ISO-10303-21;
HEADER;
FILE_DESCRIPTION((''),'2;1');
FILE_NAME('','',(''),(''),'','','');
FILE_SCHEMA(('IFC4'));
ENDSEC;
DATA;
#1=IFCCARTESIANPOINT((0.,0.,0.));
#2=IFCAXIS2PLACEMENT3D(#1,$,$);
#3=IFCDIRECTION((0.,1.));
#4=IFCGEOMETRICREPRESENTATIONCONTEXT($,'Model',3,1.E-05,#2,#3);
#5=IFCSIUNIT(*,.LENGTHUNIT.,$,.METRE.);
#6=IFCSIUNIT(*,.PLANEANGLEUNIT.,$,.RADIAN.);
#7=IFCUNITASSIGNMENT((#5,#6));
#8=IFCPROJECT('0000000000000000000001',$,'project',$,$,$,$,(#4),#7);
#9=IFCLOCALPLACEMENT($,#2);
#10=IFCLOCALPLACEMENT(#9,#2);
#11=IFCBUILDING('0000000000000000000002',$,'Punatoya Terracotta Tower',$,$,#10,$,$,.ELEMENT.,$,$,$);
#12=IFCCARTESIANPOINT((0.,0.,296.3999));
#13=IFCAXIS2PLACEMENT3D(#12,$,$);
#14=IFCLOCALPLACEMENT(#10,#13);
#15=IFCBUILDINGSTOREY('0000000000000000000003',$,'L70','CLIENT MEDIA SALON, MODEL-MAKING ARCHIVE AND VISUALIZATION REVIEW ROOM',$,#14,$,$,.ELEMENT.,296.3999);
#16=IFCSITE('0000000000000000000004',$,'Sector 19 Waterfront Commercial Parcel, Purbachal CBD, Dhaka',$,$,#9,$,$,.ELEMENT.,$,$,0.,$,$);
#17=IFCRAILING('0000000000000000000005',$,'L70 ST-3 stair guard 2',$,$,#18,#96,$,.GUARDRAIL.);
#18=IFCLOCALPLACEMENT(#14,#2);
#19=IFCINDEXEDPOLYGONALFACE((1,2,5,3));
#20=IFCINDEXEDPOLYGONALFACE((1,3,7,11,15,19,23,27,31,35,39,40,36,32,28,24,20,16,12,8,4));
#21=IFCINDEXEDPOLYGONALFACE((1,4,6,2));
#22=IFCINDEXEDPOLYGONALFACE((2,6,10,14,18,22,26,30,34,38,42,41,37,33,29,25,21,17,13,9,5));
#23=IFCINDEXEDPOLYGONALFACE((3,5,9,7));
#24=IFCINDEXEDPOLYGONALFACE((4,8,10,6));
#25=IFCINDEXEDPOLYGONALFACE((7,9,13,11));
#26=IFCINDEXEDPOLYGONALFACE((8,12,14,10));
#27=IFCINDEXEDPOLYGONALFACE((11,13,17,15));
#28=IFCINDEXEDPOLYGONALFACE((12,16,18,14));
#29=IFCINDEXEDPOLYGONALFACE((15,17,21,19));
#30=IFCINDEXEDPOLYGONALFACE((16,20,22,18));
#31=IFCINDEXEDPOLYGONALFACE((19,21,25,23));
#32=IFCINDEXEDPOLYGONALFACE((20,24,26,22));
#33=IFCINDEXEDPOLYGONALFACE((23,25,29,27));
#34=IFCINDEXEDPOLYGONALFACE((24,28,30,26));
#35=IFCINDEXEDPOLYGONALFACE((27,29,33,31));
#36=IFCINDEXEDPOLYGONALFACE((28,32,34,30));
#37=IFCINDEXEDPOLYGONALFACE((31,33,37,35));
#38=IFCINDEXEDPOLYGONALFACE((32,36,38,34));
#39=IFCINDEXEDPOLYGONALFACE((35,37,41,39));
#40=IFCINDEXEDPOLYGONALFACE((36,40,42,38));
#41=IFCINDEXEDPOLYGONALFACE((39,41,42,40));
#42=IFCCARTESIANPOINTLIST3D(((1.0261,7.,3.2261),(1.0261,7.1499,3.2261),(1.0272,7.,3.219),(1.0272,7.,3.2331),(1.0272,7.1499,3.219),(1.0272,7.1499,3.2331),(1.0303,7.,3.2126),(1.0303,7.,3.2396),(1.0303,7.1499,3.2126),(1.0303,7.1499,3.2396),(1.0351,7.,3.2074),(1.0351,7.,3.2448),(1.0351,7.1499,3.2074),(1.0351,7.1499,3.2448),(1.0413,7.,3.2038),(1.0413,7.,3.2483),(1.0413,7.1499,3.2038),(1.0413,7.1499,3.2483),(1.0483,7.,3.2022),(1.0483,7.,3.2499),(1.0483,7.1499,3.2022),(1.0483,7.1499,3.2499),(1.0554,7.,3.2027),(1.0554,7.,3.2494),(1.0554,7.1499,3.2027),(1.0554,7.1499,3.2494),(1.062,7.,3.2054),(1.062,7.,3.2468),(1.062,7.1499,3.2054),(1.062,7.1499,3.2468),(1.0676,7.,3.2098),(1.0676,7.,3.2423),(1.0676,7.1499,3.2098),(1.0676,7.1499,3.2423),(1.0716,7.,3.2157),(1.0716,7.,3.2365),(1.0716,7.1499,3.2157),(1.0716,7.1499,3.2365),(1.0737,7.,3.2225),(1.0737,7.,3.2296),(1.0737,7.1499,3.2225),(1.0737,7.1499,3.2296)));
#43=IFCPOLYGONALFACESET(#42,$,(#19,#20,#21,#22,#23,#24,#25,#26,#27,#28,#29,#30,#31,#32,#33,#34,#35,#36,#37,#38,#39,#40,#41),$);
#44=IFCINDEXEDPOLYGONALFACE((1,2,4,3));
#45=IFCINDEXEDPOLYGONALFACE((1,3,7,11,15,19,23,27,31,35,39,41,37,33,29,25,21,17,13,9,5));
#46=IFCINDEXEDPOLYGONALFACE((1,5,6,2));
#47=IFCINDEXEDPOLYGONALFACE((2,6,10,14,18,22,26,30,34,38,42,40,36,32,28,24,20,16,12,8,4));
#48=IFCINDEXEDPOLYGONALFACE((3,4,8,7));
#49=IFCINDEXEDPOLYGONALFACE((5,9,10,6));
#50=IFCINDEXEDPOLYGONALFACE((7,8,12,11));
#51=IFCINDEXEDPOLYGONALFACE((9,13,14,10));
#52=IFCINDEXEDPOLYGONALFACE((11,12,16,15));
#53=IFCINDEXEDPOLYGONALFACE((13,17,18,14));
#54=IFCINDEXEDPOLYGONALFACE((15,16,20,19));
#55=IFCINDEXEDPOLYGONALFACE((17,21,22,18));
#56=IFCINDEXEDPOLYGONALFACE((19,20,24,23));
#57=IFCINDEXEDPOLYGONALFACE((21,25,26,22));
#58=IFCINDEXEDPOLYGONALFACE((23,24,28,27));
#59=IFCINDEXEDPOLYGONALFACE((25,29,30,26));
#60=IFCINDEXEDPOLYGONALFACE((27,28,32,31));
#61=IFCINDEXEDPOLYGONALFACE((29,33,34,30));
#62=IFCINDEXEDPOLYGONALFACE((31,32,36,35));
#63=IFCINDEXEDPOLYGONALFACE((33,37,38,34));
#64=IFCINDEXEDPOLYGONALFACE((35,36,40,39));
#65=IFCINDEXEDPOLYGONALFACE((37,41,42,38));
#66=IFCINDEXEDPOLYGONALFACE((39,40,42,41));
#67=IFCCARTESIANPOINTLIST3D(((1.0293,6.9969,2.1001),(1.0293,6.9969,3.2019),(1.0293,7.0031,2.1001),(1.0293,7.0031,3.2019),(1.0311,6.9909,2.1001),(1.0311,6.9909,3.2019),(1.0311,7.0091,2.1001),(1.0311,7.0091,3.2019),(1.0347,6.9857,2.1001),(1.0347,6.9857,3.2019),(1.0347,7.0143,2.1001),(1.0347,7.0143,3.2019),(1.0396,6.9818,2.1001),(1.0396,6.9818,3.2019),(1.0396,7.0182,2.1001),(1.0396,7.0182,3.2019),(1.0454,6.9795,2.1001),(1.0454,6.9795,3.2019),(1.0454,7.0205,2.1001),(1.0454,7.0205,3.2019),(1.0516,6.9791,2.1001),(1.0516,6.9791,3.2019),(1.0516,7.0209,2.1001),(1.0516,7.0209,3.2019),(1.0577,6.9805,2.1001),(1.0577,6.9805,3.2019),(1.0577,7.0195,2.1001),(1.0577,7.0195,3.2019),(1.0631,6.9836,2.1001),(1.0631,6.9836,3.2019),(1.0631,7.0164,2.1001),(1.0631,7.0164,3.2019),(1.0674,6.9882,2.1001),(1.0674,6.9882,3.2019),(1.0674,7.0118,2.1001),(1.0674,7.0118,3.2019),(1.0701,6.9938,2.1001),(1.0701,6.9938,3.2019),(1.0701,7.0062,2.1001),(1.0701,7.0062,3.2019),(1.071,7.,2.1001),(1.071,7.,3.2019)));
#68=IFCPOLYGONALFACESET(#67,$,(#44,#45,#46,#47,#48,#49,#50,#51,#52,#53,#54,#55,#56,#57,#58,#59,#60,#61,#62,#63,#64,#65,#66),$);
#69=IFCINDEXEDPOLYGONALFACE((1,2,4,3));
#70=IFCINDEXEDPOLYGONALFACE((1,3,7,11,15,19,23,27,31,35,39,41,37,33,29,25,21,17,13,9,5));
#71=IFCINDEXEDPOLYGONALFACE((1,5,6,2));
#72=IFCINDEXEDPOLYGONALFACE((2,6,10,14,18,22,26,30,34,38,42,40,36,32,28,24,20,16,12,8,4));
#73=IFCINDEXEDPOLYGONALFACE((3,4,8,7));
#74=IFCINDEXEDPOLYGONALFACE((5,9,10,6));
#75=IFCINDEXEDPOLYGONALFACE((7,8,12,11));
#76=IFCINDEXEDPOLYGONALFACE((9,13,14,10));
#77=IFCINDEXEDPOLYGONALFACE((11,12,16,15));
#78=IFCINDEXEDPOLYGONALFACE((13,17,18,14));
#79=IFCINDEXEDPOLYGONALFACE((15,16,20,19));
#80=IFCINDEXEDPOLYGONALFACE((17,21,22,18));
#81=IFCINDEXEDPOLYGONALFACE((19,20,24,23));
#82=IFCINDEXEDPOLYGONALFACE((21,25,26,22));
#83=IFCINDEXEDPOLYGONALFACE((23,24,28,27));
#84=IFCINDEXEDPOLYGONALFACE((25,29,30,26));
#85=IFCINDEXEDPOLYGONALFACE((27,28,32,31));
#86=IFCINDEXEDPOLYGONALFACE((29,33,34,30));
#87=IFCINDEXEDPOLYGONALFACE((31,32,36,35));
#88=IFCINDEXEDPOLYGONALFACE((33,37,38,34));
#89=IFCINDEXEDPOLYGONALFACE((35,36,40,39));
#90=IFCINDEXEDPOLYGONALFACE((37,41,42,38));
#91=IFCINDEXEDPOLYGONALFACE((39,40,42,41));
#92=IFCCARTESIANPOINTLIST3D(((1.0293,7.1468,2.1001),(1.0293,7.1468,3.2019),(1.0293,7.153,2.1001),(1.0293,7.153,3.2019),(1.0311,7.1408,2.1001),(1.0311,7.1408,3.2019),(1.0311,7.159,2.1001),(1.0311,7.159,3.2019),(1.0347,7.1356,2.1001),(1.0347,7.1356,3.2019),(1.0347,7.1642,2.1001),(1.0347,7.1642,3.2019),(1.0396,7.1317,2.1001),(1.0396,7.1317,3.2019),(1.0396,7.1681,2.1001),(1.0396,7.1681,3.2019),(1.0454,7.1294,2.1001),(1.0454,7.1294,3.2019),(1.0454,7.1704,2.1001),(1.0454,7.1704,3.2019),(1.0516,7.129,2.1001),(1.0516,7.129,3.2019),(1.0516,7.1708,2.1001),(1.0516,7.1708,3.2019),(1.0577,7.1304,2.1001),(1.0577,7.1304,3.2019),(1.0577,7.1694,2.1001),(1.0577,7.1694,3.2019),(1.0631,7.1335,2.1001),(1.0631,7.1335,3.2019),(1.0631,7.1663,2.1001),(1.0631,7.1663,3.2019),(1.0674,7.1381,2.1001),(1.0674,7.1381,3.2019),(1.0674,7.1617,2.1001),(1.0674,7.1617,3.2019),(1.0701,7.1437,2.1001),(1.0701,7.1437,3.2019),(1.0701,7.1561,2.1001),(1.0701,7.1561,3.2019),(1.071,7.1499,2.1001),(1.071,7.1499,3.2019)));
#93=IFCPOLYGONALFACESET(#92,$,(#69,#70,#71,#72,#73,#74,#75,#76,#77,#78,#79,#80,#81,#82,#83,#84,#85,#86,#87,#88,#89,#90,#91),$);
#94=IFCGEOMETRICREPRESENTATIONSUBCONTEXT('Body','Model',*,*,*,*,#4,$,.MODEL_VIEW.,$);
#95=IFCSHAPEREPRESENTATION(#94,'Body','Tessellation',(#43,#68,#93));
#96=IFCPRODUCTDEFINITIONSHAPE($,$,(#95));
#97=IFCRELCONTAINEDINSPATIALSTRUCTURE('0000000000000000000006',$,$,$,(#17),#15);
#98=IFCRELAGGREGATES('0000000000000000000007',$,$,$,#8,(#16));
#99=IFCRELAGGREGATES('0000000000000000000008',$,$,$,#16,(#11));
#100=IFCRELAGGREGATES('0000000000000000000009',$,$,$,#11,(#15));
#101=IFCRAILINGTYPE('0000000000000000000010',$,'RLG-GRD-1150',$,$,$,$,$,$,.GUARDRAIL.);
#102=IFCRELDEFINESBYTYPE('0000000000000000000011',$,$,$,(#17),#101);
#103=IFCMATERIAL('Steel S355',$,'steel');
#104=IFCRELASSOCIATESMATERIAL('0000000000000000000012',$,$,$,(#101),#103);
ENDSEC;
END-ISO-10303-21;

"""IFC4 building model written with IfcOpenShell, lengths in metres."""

from ifc_helpers import new_model, si_unit, direction, frame, origin, origin_2d, place, context, subcontext, project, spatial, circle, extrude, material, type_object, element, save


model = new_model("IFC4")

# Units and contexts
model_context = context("Model", 3, precision=1e-05, world=origin(), true_north=direction((0.0, 1.0)))
body_context = subcontext(model_context, "Body", "Model", "MODEL_VIEW")
ifc_project = project(units=[si_unit("LENGTHUNIT", "METRE"), si_unit("PLANEANGLEUNIT", "RADIAN")], contexts=[model_context])

# Site, building, storey
site_placement = place(None, origin())
site = spatial("IfcSite", under=ifc_project, at=site_placement, Name="Sector 19 Waterfront Commercial Parcel, Purbachal CBD, Dhaka", CompositionType="ELEMENT", RefElevation=0.0)
building_placement = place(site_placement, origin())
building = spatial("IfcBuilding", under=site, at=building_placement, Name="Punatoya Terracotta Tower", CompositionType="ELEMENT")
storey_placement = place(building_placement, frame((0.0, 0.0, 296.3999)))
storey = spatial("IfcBuildingStorey", under=building, at=storey_placement, Name="L70", Description="CLIENT MEDIA SALON, MODEL-MAKING ARCHIVE AND VISUALIZATION REVIEW ROOM", CompositionType="ELEMENT", Elevation=296.3999)

# Shared definitions
ifc_material_1 = material(Name="Steel S355", Category="steel")

# Railing
railing_type_1 = type_object("IfcRailingType", Name="RLG-GRD-1150", PredefinedType="GUARDRAIL", material=ifc_material_1)
railing_1_placement = place(storey_placement, frame((1.05, 7.0, 2.1001)))
element("IfcRailing", 1, at=railing_1_placement, inside=storey, type_object=railing_type_1, Name="L70 ST-3 stair guard 2", PredefinedType="GUARDRAIL", context=body_context, shape_type="SweptSolid", body=[
    extrude(circle(Radius=0.0239, at=origin_2d()), frame((0.0, 0.0, 1.126), z_axis=(0.0, 1.0, 0.0), x_axis=(-1.0, 0.0, 0.0)), (0.0, 0.0, 1.0), 0.1499),
    extrude(circle(Radius=0.021, at=origin_2d()), origin(), (0.0, 0.0, 1.0), 1.1018),
    extrude(circle(Radius=0.021, at=origin_2d()), frame((0.0, 0.1499, 0.0)), (0.0, 0.0, 1.0), 1.1018),
])

save(model, "model.ifc")
